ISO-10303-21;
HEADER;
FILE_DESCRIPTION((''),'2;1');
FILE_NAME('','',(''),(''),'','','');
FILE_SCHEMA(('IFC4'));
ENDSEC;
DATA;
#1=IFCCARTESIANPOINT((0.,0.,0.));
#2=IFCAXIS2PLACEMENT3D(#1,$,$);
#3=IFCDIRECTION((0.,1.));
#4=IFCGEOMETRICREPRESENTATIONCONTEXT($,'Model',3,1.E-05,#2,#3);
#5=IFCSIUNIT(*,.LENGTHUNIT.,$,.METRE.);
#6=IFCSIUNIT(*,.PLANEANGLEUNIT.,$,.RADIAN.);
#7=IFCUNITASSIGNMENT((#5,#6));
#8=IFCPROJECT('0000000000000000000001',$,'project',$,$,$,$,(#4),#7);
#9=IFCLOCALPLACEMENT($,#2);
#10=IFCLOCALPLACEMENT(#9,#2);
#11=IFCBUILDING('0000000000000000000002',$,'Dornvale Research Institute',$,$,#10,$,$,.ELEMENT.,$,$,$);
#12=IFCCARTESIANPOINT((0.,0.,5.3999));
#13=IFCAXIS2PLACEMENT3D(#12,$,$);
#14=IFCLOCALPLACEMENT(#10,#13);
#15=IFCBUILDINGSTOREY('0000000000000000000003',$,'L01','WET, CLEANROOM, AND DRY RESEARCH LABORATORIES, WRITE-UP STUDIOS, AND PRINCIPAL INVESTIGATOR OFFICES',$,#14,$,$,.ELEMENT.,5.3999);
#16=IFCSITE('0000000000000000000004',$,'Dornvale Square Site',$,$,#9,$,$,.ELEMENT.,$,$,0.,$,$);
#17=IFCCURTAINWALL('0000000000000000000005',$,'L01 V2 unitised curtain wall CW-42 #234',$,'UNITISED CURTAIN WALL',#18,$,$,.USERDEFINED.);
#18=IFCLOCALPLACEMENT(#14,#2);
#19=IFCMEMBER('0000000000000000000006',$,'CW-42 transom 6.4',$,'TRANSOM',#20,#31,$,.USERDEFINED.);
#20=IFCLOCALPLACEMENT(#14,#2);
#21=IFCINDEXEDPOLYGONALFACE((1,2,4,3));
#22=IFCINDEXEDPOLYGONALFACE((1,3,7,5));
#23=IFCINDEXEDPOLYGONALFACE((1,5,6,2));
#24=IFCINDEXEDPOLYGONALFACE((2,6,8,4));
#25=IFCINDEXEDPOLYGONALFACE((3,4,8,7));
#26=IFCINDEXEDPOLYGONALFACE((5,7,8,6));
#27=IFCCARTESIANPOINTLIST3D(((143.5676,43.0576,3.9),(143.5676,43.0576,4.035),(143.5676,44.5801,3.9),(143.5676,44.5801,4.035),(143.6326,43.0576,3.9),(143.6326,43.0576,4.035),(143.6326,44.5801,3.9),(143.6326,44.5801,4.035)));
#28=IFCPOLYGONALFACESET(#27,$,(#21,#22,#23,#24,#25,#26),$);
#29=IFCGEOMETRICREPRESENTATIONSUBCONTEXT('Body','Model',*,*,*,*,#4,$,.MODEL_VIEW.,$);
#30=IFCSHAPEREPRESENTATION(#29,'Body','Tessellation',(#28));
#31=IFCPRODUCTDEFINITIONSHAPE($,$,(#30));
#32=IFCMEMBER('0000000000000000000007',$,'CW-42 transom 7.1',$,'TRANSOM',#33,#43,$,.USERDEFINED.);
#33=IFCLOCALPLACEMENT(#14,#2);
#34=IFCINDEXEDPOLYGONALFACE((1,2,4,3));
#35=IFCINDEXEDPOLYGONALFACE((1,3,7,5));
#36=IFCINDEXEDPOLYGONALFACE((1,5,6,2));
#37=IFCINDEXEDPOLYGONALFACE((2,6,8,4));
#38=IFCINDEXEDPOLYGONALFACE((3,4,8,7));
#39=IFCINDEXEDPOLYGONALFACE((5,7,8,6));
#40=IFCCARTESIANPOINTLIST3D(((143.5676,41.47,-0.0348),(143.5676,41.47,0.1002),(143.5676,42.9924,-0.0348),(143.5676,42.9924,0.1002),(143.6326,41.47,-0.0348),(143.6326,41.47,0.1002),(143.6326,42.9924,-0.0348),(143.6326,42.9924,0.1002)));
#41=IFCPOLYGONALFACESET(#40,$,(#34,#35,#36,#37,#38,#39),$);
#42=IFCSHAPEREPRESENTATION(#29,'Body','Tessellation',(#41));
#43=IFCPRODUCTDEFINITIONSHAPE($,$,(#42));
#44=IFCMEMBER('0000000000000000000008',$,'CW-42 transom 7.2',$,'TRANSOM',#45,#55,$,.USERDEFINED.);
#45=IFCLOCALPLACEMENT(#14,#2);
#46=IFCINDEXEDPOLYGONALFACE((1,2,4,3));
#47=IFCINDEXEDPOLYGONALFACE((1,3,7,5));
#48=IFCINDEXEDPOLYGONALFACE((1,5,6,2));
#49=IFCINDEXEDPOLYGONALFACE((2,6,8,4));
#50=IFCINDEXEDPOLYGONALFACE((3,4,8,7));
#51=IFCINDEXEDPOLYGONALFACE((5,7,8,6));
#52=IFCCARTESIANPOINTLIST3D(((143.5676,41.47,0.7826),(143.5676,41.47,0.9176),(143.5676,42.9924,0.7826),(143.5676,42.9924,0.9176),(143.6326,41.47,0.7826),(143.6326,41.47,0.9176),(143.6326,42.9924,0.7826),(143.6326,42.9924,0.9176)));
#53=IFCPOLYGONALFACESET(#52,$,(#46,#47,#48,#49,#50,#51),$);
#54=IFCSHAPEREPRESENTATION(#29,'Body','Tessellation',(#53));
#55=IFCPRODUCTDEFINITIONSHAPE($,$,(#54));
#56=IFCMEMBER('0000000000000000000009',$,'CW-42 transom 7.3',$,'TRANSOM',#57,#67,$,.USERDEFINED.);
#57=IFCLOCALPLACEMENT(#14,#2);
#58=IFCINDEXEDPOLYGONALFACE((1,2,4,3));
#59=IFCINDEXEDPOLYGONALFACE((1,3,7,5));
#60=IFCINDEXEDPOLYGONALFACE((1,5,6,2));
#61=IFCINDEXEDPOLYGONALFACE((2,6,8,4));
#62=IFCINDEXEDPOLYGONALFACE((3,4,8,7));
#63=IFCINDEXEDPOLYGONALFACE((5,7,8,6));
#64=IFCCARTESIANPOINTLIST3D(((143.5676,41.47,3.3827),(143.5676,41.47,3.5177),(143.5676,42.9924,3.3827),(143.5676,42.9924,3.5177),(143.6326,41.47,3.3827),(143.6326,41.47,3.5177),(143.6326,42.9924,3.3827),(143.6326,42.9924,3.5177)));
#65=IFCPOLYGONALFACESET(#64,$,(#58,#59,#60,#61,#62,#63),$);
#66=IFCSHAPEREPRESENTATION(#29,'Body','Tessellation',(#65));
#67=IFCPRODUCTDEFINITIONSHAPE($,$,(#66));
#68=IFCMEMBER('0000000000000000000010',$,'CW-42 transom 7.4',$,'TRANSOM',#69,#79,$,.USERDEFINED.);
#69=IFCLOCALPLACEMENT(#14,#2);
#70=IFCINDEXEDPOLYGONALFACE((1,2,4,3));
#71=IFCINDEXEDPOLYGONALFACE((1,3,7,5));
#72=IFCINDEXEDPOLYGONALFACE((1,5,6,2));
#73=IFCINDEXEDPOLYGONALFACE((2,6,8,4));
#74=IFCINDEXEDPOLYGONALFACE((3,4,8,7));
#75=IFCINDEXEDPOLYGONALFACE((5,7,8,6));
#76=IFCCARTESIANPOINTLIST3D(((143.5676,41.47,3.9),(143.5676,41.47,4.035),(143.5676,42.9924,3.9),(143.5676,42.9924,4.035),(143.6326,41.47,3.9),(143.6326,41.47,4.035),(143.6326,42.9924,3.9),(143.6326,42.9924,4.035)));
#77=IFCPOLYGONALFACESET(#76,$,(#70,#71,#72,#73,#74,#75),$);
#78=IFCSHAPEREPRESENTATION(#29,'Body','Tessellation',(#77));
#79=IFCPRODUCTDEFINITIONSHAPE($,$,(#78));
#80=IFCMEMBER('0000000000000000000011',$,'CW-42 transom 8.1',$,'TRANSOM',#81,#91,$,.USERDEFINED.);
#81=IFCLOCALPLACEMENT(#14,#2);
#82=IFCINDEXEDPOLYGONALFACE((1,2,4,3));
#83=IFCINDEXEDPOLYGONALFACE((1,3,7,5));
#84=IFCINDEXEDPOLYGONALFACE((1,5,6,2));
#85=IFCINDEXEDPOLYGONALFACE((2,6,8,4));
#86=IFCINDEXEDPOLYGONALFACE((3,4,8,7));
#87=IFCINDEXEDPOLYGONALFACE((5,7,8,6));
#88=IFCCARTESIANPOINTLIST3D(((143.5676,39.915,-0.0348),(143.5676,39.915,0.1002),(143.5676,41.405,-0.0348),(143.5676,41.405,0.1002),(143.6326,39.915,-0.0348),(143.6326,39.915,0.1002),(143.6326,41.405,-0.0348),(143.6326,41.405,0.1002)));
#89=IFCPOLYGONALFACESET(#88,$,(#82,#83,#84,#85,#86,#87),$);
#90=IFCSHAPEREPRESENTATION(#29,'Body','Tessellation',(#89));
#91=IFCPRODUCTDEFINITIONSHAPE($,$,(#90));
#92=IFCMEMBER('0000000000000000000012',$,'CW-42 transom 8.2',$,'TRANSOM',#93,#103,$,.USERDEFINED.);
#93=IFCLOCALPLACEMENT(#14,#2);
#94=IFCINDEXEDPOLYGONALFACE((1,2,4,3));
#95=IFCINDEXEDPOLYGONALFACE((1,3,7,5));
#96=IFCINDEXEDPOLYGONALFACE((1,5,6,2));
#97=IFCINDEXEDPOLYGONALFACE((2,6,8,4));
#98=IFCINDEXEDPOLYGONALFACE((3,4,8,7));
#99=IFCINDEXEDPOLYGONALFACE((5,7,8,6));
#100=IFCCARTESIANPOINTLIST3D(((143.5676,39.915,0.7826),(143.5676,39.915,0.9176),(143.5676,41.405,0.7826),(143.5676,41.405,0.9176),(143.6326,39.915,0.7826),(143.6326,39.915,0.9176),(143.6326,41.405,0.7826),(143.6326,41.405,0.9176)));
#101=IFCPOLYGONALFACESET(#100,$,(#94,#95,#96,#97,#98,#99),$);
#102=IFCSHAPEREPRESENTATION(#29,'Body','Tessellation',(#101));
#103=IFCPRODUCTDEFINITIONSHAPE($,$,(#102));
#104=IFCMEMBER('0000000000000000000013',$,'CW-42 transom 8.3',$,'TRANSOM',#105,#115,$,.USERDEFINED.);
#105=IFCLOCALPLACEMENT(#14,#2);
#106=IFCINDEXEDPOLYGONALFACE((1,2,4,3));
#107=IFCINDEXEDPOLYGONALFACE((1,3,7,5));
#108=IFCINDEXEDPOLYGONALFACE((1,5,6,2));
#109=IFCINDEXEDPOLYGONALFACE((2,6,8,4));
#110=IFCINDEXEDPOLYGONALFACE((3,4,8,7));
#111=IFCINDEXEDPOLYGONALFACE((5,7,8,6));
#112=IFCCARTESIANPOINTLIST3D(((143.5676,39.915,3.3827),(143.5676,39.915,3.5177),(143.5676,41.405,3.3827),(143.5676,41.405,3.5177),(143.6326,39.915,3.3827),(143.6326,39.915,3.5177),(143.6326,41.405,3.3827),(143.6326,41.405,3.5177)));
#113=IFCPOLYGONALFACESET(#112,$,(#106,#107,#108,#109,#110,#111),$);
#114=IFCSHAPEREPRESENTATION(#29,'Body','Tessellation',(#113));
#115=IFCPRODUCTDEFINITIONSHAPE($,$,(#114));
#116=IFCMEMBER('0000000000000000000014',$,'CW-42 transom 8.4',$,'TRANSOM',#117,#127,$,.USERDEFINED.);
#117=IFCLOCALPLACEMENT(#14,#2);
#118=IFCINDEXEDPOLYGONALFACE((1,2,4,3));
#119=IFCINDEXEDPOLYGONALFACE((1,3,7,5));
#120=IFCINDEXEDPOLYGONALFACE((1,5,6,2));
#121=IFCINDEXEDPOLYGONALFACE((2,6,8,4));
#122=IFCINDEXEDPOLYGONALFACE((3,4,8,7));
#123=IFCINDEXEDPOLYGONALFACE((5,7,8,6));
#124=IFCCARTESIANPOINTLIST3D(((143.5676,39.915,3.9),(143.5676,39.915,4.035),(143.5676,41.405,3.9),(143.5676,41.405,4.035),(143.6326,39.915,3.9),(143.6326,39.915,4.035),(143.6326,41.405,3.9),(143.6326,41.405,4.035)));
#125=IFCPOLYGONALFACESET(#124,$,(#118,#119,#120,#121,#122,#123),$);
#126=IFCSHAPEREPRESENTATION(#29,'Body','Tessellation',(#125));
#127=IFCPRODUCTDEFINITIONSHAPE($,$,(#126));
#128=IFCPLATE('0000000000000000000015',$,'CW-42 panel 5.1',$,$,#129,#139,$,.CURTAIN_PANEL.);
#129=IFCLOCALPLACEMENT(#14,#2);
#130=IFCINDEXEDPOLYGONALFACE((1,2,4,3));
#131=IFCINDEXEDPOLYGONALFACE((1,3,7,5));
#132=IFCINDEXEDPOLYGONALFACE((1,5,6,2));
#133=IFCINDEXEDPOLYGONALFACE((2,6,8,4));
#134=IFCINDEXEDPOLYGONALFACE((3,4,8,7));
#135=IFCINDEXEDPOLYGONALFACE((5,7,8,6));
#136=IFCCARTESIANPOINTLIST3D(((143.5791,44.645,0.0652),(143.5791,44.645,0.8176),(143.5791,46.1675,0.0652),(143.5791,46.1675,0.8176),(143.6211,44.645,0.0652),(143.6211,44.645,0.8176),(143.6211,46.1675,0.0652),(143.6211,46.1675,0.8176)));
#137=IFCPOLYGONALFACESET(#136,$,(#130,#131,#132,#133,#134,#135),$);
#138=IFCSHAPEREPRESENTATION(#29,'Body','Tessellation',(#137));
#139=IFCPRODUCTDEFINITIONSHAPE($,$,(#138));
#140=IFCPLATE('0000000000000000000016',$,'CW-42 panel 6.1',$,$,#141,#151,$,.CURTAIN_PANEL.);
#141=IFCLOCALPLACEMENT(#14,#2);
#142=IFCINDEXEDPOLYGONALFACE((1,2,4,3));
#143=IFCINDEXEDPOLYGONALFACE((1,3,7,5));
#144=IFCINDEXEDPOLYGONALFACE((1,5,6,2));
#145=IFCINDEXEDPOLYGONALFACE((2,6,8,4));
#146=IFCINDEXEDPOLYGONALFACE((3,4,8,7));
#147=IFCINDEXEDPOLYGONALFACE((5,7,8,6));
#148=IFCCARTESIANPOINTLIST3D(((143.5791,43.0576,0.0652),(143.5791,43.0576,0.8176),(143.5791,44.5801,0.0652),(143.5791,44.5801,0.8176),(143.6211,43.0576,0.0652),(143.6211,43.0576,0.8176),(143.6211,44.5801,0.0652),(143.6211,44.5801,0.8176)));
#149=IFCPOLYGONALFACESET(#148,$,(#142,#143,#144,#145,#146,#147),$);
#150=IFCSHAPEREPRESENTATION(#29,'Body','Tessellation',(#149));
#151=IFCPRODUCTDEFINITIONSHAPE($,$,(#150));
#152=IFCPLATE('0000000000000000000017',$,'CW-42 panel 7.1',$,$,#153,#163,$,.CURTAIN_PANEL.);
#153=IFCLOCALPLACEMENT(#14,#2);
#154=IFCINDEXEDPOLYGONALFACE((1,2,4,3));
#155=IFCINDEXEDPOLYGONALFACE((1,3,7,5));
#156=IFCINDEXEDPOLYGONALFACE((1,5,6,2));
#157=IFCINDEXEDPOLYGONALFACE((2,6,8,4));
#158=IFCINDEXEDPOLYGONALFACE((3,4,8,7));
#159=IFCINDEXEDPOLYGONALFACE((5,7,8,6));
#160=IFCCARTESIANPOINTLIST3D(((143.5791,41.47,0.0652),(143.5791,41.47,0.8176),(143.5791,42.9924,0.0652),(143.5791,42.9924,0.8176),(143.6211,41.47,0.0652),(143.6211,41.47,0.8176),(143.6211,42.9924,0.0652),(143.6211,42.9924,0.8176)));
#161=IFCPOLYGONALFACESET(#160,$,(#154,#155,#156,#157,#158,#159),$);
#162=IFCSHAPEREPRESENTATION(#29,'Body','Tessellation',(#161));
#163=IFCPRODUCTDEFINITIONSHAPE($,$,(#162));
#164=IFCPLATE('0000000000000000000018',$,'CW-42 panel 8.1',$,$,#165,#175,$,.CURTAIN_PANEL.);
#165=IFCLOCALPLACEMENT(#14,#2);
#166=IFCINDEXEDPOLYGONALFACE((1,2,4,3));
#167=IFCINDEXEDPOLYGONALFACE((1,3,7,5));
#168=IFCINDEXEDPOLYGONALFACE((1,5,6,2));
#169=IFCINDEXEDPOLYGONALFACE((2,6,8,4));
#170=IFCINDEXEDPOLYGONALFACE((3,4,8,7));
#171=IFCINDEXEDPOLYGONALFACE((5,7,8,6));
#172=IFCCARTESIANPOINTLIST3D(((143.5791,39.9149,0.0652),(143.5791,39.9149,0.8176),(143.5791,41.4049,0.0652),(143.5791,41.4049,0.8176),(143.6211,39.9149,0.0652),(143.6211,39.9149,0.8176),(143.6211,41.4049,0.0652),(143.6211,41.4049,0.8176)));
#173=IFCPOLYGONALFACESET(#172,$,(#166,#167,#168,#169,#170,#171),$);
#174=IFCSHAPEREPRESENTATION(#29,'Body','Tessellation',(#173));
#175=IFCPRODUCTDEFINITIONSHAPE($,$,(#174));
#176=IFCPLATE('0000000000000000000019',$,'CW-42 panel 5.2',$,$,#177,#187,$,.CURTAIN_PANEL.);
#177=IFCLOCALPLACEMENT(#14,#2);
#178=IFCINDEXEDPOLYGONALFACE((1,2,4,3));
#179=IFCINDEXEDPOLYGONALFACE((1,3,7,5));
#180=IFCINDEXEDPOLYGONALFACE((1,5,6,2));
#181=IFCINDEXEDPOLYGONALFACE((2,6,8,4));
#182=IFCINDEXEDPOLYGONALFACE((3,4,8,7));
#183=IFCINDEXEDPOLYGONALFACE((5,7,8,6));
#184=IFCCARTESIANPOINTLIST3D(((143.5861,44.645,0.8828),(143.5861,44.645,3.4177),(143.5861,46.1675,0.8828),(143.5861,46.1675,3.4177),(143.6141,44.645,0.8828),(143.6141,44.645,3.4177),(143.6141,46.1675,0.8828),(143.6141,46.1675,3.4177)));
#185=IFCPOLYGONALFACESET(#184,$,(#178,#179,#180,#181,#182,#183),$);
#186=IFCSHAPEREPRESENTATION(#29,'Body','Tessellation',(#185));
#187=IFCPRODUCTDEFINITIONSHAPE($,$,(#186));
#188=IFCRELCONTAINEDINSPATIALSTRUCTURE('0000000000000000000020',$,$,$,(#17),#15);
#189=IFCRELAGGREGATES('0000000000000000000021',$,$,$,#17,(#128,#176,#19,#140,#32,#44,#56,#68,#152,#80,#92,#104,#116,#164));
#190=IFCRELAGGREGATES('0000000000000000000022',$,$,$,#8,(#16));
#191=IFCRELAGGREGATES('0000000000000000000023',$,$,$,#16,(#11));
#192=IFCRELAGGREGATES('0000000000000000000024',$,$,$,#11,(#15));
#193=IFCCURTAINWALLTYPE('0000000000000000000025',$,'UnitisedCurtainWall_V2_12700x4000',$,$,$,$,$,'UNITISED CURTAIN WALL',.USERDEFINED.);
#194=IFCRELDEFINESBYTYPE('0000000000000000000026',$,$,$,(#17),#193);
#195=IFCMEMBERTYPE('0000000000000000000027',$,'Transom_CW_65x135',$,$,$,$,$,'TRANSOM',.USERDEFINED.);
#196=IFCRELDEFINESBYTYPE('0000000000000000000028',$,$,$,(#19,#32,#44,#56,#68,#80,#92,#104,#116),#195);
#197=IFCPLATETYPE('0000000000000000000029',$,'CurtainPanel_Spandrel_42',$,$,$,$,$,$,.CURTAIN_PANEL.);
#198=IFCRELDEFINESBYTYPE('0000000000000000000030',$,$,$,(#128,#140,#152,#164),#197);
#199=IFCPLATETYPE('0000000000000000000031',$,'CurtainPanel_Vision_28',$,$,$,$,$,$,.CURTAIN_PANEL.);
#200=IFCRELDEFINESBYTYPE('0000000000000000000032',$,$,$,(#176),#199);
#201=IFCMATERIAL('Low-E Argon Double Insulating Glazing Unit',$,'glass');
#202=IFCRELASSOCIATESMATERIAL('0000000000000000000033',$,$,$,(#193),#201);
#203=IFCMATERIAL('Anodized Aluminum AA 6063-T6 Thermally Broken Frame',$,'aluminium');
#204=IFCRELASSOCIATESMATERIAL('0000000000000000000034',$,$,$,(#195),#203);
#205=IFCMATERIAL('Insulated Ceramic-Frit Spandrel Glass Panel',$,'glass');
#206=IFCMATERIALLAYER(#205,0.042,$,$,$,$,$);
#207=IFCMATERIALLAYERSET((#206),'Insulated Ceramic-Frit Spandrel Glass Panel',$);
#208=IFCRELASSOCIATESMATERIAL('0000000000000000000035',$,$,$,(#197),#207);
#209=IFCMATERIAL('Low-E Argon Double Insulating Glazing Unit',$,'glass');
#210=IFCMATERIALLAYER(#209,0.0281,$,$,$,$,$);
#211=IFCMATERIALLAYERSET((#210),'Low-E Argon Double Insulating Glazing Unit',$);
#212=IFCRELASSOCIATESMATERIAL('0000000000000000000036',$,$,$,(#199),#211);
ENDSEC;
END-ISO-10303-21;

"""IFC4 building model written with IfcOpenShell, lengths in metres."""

from ifc_helpers import new_model, si_unit, direction, frame, origin, origin_2d, place, context, subcontext, project, spatial, rectangle, extrude, material, layer, layer_set, material_profile, profile_set, type_object, element, aggregate, save


model = new_model("IFC4")

# Units and contexts
model_context = context("Model", 3, precision=1e-05, world=origin(), true_north=direction((0.0, 1.0)))
body_context = subcontext(model_context, "Body", "Model", "MODEL_VIEW")
ifc_project = project(units=[si_unit("LENGTHUNIT", "METRE"), si_unit("PLANEANGLEUNIT", "RADIAN")], contexts=[model_context])

# Site, building, storey
site_placement = place(None, origin())
site = spatial("IfcSite", under=ifc_project, at=site_placement, Name="Dornvale Square Site", CompositionType="ELEMENT", RefElevation=0.0)
building_placement = place(site_placement, origin())
building = spatial("IfcBuilding", under=site, at=building_placement, Name="Dornvale Research Institute", CompositionType="ELEMENT")
storey_placement = place(building_placement, frame((0.0, 0.0, 5.3999)))
storey = spatial("IfcBuildingStorey", under=building, at=storey_placement, Name="L01", Description="WET, CLEANROOM, AND DRY RESEARCH LABORATORIES, WRITE-UP STUDIOS, AND PRINCIPAL INVESTIGATOR OFFICES", CompositionType="ELEMENT", Elevation=5.3999)

# Curtain wall
ifc_material_1 = material(Name="Low-E Argon Double Insulating Glazing Unit", Category="glass")
curtain_wall_type_1 = type_object("IfcCurtainWallType", Name="UnitisedCurtainWall_V2_12700x4000", ElementType="UNITISED CURTAIN WALL", PredefinedType="USERDEFINED", material=ifc_material_1)
curtain_wall_1_placement = place(storey_placement, origin())
curtain_wall_1 = element("IfcCurtainWall", 1, at=curtain_wall_1_placement, inside=storey, type_object=curtain_wall_type_1, Name="L01 V2 unitised curtain wall CW-42 #234", ObjectType="UNITISED CURTAIN WALL", PredefinedType="USERDEFINED")

# Members
ifc_material_2 = material(Name="Anodized Aluminum AA 6063-T6 Thermally Broken Frame", Category="aluminium")
ifc_material_profile_1 = material_profile(ifc_material_2, rectangle(XDim=0.0649, YDim=0.135, at=origin_2d()), Name="ALU TRANSOM 65x135")
ifc_profile_set_1 = profile_set([ifc_material_profile_1], Name="Anodized Aluminum AA 6063-T6 Thermally Broken Frame")
member_type_1 = type_object("IfcMemberType", Name="Transom_CW_65x135", ElementType="TRANSOM", PredefinedType="USERDEFINED", material=ifc_profile_set_1)
member_1_placement = place(storey_placement, frame((143.6001, 44.5801, 3.9675), z_axis=(0.0, -1.0, 0.0), x_axis=(1.0, 0.0, 0.0)))
member_1 = element("IfcMember", 2, at=member_1_placement, type_object=member_type_1, Name="CW-42 transom 6.4", ObjectType="TRANSOM", PredefinedType="USERDEFINED", context=body_context, shape_type="SweptSolid", body=[
    extrude(rectangle(XDim=0.0649, YDim=0.135, at=origin_2d()), origin(), (0.0, 0.0, 1.0), 1.5225),
])
member_2_placement = place(storey_placement, frame((143.6001, 42.9924, 0.0327), z_axis=(0.0, -1.0, 0.0), x_axis=(1.0, 0.0, 0.0)))
member_2 = element("IfcMember", 3, at=member_2_placement, type_object=member_type_1, Name="CW-42 transom 7.1", ObjectType="TRANSOM", PredefinedType="USERDEFINED", context=body_context, shape_type="SweptSolid", body=[
    extrude(rectangle(XDim=0.0649, YDim=0.135, at=origin_2d()), origin(), (0.0, 0.0, 1.0), 1.5225),
])
member_3_placement = place(storey_placement, frame((143.6001, 42.9924, 0.8501), z_axis=(0.0, -1.0, 0.0), x_axis=(1.0, 0.0, 0.0)))
member_3 = element("IfcMember", 4, at=member_3_placement, type_object=member_type_1, Name="CW-42 transom 7.2", ObjectType="TRANSOM", PredefinedType="USERDEFINED", context=body_context, shape_type="SweptSolid", body=[
    extrude(rectangle(XDim=0.0649, YDim=0.135, at=origin_2d()), origin(), (0.0, 0.0, 1.0), 1.5225),
])
member_4_placement = place(storey_placement, frame((143.6001, 42.9924, 3.4502), z_axis=(0.0, -1.0, 0.0), x_axis=(1.0, 0.0, 0.0)))
member_4 = element("IfcMember", 5, at=member_4_placement, type_object=member_type_1, Name="CW-42 transom 7.3", ObjectType="TRANSOM", PredefinedType="USERDEFINED", context=body_context, shape_type="SweptSolid", body=[
    extrude(rectangle(XDim=0.0649, YDim=0.135, at=origin_2d()), origin(), (0.0, 0.0, 1.0), 1.5225),
])
member_5_placement = place(storey_placement, frame((143.6001, 42.9924, 3.9675), z_axis=(0.0, -1.0, 0.0), x_axis=(1.0, 0.0, 0.0)))
member_5 = element("IfcMember", 6, at=member_5_placement, type_object=member_type_1, Name="CW-42 transom 7.4", ObjectType="TRANSOM", PredefinedType="USERDEFINED", context=body_context, shape_type="SweptSolid", body=[
    extrude(rectangle(XDim=0.0649, YDim=0.135, at=origin_2d()), origin(), (0.0, 0.0, 1.0), 1.5225),
])
member_6_placement = place(storey_placement, frame((143.6001, 41.405, 0.0327), z_axis=(0.0, -1.0, 0.0), x_axis=(1.0, 0.0, 0.0)))
member_6 = element("IfcMember", 7, at=member_6_placement, type_object=member_type_1, Name="CW-42 transom 8.1", ObjectType="TRANSOM", PredefinedType="USERDEFINED", context=body_context, shape_type="SweptSolid", body=[
    extrude(rectangle(XDim=0.0649, YDim=0.135, at=origin_2d()), origin(), (0.0, 0.0, 1.0), 1.49),
])
member_7_placement = place(storey_placement, frame((143.6001, 41.405, 0.8501), z_axis=(0.0, -1.0, 0.0), x_axis=(1.0, 0.0, 0.0)))
member_7 = element("IfcMember", 8, at=member_7_placement, type_object=member_type_1, Name="CW-42 transom 8.2", ObjectType="TRANSOM", PredefinedType="USERDEFINED", context=body_context, shape_type="SweptSolid", body=[
    extrude(rectangle(XDim=0.0649, YDim=0.135, at=origin_2d()), origin(), (0.0, 0.0, 1.0), 1.49),
])
member_8_placement = place(storey_placement, frame((143.6001, 41.405, 3.4502), z_axis=(0.0, -1.0, 0.0), x_axis=(1.0, 0.0, 0.0)))
member_8 = element("IfcMember", 9, at=member_8_placement, type_object=member_type_1, Name="CW-42 transom 8.3", ObjectType="TRANSOM", PredefinedType="USERDEFINED", context=body_context, shape_type="SweptSolid", body=[
    extrude(rectangle(XDim=0.0649, YDim=0.135, at=origin_2d()), origin(), (0.0, 0.0, 1.0), 1.49),
])
member_9_placement = place(storey_placement, frame((143.6001, 41.405, 3.9675), z_axis=(0.0, -1.0, 0.0), x_axis=(1.0, 0.0, 0.0)))
member_9 = element("IfcMember", 10, at=member_9_placement, type_object=member_type_1, Name="CW-42 transom 8.4", ObjectType="TRANSOM", PredefinedType="USERDEFINED", context=body_context, shape_type="SweptSolid", body=[
    extrude(rectangle(XDim=0.0649, YDim=0.135, at=origin_2d()), origin(), (0.0, 0.0, 1.0), 1.49),
])

# Plates
ifc_material_3 = material(Name="Insulated Ceramic-Frit Spandrel Glass Panel", Category="glass")
ifc_layer_1 = layer(ifc_material_3, 0.042)
ifc_layer_set_1 = layer_set([ifc_layer_1], Name="Insulated Ceramic-Frit Spandrel Glass Panel")
plate_type_1 = type_object("IfcPlateType", Name="CurtainPanel_Spandrel_42", PredefinedType="CURTAIN_PANEL", material=ifc_layer_set_1)
plate_1_placement = place(storey_placement, frame((143.6001, 45.4062, 0.0652), z_axis=(0.0, 0.0, 1.0), x_axis=(0.0, -1.0, 0.0)))
plate_1 = element("IfcPlate", 11, at=plate_1_placement, type_object=plate_type_1, Name="CW-42 panel 5.1", PredefinedType="CURTAIN_PANEL", context=body_context, shape_type="SweptSolid", body=[
    extrude(rectangle(XDim=1.5225, YDim=0.042, at=origin_2d()), origin(), (0.0, 0.0, 1.0), 0.7524),
])
plate_2_placement = place(storey_placement, frame((143.6001, 43.8188, 0.0652), z_axis=(0.0, 0.0, 1.0), x_axis=(0.0, -1.0, 0.0)))
plate_2 = element("IfcPlate", 12, at=plate_2_placement, type_object=plate_type_1, Name="CW-42 panel 6.1", PredefinedType="CURTAIN_PANEL", context=body_context, shape_type="SweptSolid", body=[
    extrude(rectangle(XDim=1.5225, YDim=0.042, at=origin_2d()), origin(), (0.0, 0.0, 1.0), 0.7524),
])
plate_3_placement = place(storey_placement, frame((143.6001, 42.2312, 0.0652), z_axis=(0.0, 0.0, 1.0), x_axis=(0.0, -1.0, 0.0)))
plate_3 = element("IfcPlate", 13, at=plate_3_placement, type_object=plate_type_1, Name="CW-42 panel 7.1", PredefinedType="CURTAIN_PANEL", context=body_context, shape_type="SweptSolid", body=[
    extrude(rectangle(XDim=1.5225, YDim=0.042, at=origin_2d()), origin(), (0.0, 0.0, 1.0), 0.7524),
])
plate_4_placement = place(storey_placement, frame((143.6001, 40.6599, 0.0652), z_axis=(0.0, 0.0, 1.0), x_axis=(0.0, -1.0, 0.0)))
plate_4 = element("IfcPlate", 14, at=plate_4_placement, type_object=plate_type_1, Name="CW-42 panel 8.1", PredefinedType="CURTAIN_PANEL", context=body_context, shape_type="SweptSolid", body=[
    extrude(rectangle(XDim=1.49, YDim=0.042, at=origin_2d()), origin(), (0.0, 0.0, 1.0), 0.7524),
])
ifc_material_4 = material(Name="Low-E Argon Double Insulating Glazing Unit", Category="glass")
ifc_layer_2 = layer(ifc_material_4, 0.0281)
ifc_layer_set_2 = layer_set([ifc_layer_2], Name="Low-E Argon Double Insulating Glazing Unit")
plate_type_2 = type_object("IfcPlateType", Name="CurtainPanel_Vision_28", PredefinedType="CURTAIN_PANEL", material=ifc_layer_set_2)
plate_5_placement = place(storey_placement, frame((143.6001, 45.4062, 0.8828), z_axis=(0.0, 0.0, 1.0), x_axis=(0.0, -1.0, 0.0)))
plate_5 = element("IfcPlate", 15, at=plate_5_placement, type_object=plate_type_2, Name="CW-42 panel 5.2", PredefinedType="CURTAIN_PANEL", context=body_context, shape_type="SweptSolid", body=[
    extrude(rectangle(XDim=1.5225, YDim=0.0281, at=origin_2d()), origin(), (0.0, 0.0, 1.0), 2.5349),
])
aggregate(curtain_wall_1, [plate_1, plate_5, member_1, plate_2, member_2, member_3, member_4, member_5, plate_3, member_6, member_7, member_8, member_9, plate_4])

save(model, "model.ifc")
